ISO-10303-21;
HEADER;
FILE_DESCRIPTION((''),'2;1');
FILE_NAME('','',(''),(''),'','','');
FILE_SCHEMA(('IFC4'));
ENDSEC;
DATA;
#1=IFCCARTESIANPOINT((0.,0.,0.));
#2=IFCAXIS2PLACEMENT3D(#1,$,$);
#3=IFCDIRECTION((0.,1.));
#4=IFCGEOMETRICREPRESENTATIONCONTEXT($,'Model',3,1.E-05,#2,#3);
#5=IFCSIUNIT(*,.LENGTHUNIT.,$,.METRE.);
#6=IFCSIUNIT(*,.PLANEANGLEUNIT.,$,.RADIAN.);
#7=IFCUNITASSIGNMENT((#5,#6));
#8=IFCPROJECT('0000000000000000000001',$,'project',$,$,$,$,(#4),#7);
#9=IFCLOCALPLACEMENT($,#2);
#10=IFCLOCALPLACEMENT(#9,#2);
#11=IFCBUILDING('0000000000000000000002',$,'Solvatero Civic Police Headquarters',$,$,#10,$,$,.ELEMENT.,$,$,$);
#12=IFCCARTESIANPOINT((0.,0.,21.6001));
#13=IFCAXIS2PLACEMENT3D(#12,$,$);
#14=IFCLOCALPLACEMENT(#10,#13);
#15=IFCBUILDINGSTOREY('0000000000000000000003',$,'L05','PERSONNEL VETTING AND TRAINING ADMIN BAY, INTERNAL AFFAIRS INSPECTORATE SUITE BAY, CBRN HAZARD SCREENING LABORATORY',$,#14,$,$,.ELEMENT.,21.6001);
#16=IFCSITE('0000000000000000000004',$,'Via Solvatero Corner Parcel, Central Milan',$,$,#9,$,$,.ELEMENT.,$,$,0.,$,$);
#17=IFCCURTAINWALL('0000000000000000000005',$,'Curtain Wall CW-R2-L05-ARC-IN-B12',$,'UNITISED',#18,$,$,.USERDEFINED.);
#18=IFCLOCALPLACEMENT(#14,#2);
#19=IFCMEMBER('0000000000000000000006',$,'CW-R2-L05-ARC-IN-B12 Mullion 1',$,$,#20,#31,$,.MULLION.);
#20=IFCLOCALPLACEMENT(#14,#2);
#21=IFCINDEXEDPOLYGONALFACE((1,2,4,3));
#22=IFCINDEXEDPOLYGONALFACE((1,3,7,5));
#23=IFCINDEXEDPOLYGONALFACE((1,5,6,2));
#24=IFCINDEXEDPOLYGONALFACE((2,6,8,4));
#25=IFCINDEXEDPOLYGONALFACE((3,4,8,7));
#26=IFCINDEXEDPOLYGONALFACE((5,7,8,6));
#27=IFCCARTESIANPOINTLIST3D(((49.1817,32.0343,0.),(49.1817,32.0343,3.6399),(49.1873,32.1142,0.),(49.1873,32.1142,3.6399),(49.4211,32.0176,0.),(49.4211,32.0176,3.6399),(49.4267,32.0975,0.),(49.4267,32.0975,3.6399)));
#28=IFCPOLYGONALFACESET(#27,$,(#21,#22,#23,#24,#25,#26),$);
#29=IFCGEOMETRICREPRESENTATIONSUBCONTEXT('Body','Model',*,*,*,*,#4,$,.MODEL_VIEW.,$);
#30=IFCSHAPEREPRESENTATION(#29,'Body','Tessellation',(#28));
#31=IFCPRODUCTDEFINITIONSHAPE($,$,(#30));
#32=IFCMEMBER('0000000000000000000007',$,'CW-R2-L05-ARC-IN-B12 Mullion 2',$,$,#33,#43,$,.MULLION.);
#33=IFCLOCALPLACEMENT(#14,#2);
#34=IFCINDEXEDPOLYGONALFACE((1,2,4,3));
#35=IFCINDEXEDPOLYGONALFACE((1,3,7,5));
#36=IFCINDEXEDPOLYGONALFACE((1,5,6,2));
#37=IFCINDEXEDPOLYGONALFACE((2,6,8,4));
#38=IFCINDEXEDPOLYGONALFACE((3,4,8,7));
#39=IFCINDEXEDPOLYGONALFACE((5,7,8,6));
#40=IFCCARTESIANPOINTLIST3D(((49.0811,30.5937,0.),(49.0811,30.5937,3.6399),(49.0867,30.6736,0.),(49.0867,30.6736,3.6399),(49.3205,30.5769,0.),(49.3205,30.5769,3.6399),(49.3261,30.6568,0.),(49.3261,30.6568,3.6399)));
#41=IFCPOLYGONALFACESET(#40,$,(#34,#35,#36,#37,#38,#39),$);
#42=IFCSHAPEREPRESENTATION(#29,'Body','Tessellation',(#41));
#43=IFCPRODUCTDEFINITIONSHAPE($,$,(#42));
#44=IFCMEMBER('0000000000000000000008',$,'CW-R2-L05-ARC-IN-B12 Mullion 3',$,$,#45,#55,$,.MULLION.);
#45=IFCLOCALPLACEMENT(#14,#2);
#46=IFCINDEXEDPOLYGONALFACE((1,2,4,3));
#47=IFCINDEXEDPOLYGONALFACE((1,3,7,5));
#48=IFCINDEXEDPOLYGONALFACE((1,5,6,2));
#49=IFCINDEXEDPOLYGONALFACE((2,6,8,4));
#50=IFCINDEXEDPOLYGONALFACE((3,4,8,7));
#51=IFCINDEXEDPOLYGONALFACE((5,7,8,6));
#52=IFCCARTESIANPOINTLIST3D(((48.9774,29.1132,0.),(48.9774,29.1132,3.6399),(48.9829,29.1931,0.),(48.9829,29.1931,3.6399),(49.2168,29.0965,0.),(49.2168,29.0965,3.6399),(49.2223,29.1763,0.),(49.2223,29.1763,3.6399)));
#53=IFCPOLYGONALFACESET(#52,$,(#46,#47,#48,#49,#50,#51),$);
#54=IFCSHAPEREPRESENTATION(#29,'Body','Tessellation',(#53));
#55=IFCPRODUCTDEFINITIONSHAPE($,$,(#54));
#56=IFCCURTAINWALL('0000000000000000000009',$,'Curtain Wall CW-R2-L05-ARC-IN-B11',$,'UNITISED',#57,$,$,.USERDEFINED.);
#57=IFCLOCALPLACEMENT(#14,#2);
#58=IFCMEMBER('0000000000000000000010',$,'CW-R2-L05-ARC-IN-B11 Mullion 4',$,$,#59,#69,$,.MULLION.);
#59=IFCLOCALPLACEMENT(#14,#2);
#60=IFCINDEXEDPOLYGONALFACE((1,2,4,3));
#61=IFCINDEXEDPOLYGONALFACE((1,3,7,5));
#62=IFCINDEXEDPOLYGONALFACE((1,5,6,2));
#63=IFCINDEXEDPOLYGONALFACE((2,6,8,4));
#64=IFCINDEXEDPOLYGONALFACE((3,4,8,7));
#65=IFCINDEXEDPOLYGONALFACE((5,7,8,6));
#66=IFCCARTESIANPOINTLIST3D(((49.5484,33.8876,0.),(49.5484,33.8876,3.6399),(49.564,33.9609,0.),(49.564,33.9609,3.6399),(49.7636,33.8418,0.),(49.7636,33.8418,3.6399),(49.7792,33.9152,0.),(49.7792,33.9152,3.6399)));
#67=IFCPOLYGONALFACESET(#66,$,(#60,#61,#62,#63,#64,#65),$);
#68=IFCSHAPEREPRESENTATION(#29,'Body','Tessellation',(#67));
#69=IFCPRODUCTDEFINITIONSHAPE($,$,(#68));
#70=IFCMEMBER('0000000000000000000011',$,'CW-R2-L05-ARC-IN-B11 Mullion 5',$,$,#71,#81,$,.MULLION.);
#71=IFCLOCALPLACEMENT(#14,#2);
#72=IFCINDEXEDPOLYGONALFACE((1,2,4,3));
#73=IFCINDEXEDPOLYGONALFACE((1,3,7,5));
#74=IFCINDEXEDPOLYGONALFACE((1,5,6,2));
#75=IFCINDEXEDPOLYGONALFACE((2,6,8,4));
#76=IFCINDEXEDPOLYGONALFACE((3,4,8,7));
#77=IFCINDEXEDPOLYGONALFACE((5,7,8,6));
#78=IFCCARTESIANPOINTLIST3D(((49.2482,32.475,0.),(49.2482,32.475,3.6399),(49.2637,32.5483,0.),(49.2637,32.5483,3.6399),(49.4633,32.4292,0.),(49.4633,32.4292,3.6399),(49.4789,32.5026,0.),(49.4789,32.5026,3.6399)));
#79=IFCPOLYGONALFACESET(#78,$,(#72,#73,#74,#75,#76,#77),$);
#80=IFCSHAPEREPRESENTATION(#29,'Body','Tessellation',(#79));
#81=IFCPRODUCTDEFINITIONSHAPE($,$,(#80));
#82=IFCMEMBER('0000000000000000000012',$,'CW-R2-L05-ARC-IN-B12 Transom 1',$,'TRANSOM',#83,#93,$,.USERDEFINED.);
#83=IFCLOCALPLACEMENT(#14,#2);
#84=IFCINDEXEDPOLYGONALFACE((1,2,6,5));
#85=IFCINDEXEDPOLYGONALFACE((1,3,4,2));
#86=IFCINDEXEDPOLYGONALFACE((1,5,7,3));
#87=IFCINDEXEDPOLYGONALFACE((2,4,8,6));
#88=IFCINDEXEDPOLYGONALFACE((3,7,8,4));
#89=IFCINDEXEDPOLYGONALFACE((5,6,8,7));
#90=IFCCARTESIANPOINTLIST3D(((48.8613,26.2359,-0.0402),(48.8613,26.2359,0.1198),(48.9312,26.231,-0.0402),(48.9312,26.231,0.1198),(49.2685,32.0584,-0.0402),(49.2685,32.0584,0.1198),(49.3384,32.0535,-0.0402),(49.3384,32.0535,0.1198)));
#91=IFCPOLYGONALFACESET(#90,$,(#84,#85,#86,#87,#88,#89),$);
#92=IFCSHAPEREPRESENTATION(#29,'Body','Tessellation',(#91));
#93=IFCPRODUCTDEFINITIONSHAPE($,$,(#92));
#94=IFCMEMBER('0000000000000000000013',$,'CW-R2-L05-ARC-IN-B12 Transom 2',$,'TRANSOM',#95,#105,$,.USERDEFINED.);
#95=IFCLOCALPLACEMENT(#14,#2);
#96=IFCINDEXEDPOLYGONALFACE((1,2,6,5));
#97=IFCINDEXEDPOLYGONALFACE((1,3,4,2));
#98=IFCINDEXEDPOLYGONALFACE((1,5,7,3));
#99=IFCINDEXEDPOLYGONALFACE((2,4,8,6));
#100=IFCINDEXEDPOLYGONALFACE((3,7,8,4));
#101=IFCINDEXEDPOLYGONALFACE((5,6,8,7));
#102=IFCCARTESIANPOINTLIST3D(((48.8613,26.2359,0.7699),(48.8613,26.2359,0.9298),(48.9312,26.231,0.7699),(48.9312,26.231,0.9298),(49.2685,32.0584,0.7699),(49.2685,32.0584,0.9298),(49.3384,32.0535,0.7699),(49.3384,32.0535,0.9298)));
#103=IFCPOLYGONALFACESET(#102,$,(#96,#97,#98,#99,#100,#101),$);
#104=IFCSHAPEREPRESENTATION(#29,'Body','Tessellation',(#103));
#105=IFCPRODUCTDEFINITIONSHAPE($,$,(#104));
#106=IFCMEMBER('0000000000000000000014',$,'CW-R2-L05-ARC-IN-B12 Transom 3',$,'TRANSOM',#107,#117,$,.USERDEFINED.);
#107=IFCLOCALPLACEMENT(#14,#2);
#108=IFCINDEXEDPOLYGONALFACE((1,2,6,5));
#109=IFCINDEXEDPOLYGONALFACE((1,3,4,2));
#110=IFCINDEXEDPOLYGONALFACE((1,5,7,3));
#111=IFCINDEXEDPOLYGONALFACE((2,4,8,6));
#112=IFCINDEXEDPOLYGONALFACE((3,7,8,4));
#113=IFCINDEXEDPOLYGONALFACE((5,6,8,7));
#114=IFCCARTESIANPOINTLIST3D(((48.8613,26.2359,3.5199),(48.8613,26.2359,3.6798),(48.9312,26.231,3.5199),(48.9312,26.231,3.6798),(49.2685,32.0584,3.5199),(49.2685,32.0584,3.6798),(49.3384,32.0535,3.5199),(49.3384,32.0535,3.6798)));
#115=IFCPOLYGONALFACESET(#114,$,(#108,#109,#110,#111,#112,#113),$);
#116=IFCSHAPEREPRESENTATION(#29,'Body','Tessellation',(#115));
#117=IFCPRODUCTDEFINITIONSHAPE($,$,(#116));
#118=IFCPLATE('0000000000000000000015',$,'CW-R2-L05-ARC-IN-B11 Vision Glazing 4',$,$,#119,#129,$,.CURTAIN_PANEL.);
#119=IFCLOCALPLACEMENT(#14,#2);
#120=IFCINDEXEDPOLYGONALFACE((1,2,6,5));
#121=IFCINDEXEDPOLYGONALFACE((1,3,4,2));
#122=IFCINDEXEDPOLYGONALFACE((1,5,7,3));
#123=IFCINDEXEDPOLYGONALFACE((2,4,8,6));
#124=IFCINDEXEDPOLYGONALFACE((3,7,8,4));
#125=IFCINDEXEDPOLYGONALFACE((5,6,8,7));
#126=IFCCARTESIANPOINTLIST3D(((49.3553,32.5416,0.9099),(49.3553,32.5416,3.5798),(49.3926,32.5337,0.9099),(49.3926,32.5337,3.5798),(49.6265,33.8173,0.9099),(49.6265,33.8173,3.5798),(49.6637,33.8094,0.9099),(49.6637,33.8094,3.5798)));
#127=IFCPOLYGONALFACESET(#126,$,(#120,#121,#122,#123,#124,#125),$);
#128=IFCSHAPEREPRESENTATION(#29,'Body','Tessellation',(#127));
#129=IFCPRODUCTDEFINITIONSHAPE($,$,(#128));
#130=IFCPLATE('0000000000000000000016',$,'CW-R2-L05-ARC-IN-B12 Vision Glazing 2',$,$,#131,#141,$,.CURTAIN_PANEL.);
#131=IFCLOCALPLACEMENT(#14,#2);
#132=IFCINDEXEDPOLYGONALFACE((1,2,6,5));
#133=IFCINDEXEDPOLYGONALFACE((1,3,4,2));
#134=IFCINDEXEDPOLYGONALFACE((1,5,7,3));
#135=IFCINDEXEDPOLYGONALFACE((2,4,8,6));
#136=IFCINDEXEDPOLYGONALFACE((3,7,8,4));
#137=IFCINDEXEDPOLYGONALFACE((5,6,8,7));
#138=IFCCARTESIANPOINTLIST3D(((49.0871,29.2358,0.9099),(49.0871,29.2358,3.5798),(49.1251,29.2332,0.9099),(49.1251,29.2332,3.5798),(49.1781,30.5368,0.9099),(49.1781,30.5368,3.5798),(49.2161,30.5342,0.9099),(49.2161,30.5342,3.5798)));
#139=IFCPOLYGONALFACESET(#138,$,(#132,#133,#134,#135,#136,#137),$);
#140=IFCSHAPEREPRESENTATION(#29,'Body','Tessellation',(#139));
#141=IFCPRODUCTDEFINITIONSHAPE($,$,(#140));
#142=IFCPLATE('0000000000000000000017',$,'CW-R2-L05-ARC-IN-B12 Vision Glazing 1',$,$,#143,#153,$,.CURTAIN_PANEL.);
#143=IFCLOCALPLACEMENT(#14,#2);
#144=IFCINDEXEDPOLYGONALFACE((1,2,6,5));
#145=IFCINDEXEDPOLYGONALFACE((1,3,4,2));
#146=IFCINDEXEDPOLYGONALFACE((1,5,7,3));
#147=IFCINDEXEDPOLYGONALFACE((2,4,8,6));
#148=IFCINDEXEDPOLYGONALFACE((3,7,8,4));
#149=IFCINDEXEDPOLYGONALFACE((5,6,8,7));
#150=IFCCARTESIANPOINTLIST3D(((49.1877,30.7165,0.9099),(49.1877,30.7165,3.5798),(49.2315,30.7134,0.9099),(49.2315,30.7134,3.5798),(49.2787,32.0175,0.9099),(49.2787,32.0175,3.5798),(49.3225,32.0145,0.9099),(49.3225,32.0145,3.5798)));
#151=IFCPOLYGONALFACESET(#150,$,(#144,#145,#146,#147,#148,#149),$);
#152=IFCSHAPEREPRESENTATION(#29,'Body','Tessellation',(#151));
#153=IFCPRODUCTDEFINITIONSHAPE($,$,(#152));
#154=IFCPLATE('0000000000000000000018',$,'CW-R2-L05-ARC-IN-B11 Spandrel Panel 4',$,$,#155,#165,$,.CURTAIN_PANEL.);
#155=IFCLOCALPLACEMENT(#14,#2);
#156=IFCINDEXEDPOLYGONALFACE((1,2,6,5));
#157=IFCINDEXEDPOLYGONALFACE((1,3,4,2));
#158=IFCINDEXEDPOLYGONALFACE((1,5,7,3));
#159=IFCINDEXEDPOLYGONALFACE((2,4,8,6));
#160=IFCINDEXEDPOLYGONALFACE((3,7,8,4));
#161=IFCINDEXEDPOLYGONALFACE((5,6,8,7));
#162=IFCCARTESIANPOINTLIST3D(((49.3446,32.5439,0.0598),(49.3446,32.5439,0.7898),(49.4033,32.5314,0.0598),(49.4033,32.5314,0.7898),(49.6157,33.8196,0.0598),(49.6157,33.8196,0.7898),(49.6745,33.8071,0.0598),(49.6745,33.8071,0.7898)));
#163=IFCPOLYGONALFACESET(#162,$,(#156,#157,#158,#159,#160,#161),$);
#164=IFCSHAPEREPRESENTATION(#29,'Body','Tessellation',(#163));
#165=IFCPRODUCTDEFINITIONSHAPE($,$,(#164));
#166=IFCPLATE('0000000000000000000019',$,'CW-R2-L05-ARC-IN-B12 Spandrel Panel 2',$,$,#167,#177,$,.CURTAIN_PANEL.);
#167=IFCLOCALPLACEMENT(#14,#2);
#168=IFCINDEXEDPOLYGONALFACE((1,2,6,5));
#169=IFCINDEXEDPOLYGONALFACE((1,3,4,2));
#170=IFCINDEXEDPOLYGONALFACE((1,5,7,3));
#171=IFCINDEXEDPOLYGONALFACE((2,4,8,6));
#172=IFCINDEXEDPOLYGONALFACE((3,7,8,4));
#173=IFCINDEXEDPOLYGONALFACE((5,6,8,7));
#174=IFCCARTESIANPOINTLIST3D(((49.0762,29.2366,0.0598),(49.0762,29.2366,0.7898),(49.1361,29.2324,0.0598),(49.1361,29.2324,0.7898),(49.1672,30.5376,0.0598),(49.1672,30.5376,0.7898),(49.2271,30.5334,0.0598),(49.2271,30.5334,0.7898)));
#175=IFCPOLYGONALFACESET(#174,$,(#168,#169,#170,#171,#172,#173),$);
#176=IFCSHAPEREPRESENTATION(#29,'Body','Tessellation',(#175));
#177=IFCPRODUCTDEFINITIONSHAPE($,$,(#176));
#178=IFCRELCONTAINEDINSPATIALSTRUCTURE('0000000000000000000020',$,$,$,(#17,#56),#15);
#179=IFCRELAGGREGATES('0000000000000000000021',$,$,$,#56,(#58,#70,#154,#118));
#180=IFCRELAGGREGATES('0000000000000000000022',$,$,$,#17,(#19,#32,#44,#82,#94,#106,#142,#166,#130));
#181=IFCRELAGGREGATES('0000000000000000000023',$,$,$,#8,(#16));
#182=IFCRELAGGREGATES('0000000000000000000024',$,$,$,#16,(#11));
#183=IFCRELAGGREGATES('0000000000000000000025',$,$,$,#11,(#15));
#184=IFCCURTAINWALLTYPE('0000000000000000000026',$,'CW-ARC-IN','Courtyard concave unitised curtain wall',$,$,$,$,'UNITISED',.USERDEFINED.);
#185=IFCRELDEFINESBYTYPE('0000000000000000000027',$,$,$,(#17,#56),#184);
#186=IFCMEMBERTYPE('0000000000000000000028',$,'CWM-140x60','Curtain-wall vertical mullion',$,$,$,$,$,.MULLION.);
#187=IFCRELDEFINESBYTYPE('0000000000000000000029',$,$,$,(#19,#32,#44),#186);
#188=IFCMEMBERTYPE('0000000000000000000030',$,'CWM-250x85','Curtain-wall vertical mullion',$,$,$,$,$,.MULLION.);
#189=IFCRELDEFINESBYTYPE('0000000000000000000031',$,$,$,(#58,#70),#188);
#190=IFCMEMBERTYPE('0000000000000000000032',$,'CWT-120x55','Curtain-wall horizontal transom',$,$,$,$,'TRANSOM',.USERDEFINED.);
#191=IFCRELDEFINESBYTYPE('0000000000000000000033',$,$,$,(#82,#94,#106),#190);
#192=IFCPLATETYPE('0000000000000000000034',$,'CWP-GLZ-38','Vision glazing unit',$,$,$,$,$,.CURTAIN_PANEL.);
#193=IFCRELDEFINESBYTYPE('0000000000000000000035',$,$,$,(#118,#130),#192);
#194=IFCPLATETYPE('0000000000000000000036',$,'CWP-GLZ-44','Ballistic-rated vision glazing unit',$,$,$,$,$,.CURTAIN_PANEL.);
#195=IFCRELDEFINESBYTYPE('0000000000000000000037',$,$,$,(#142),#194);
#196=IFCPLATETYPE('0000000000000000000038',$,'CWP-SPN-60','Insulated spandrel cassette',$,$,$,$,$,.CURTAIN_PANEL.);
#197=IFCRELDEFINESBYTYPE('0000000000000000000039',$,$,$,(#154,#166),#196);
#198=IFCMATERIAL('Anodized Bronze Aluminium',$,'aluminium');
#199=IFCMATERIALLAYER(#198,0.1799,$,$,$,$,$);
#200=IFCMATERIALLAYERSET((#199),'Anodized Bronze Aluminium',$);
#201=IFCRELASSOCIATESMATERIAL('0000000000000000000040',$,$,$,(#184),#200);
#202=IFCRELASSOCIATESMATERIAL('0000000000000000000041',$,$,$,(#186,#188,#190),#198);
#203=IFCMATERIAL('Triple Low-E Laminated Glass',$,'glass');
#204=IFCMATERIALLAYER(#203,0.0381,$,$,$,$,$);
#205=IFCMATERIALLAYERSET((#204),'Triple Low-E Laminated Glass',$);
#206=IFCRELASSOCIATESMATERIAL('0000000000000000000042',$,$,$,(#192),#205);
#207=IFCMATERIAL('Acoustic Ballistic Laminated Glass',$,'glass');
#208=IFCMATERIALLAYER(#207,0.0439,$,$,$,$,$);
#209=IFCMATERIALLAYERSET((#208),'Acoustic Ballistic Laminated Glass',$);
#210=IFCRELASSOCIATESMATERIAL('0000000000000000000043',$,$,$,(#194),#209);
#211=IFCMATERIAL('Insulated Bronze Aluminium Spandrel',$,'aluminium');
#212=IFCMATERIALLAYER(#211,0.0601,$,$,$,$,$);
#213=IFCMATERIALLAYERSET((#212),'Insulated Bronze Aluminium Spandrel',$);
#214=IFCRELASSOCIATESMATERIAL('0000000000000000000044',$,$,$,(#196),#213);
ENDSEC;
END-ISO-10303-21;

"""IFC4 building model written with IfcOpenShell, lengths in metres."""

from ifc_helpers import new_model, si_unit, direction, frame, origin, origin_2d, place, context, subcontext, project, spatial, rectangle, extrude, material, layer, layer_set, material_profile, profile_set, type_object, element, aggregate, save


model = new_model("IFC4")

# Units and contexts
model_context = context("Model", 3, precision=1e-05, world=origin(), true_north=direction((0.0, 1.0)))
body_context = subcontext(model_context, "Body", "Model", "MODEL_VIEW")
ifc_project = project(units=[si_unit("LENGTHUNIT", "METRE"), si_unit("PLANEANGLEUNIT", "RADIAN")], contexts=[model_context])

# Site, building, storey
site_placement = place(None, origin())
site = spatial("IfcSite", under=ifc_project, at=site_placement, Name="Via Solvatero Corner Parcel, Central Milan", CompositionType="ELEMENT", RefElevation=0.0)
building_placement = place(site_placement, origin())
building = spatial("IfcBuilding", under=site, at=building_placement, Name="Solvatero Civic Police Headquarters", CompositionType="ELEMENT")
storey_placement = place(building_placement, frame((0.0, 0.0, 21.6001)))
storey = spatial("IfcBuildingStorey", under=building, at=storey_placement, Name="L05", Description="PERSONNEL VETTING AND TRAINING ADMIN BAY, INTERNAL AFFAIRS INSPECTORATE SUITE BAY, CBRN HAZARD SCREENING LABORATORY", CompositionType="ELEMENT", Elevation=21.6001)

# Curtain walls, members
ifc_material_1 = material(Name="Anodized Bronze Aluminium", Category="aluminium")
ifc_layer_1 = layer(ifc_material_1, 0.1799)
ifc_layer_set_1 = layer_set([ifc_layer_1], Name="Anodized Bronze Aluminium")
curtain_wall_type = type_object("IfcCurtainWallType", Name="CW-ARC-IN", Description="Courtyard concave unitised curtain wall", ElementType="UNITISED", PredefinedType="USERDEFINED", material=ifc_layer_set_1)
curtain_wall_1_placement = place(storey_placement, origin())
curtain_wall_1 = element("IfcCurtainWall", 1, at=curtain_wall_1_placement, inside=storey, type_object=curtain_wall_type, Name="Curtain Wall CW-R2-L05-ARC-IN-B12", ObjectType="UNITISED", PredefinedType="USERDEFINED")
ifc_material_profile_1 = material_profile(ifc_material_1, rectangle(XDim=0.0801, YDim=0.24, at=origin_2d()), Name="ALU MULLION 80x240")
ifc_profile_set_1 = profile_set([ifc_material_profile_1], Name="Anodized Bronze Aluminium")
member_type_1 = type_object("IfcMemberType", Name="CWM-140x60", Description="Curtain-wall vertical mullion", PredefinedType="MULLION", material=ifc_profile_set_1)
member_1_placement = place(storey_placement, frame((49.3042, 32.0659, 0.0), z_axis=(0.0, 0.0, 1.0), x_axis=(-0.069774, -0.997563, 0.0)))
member_1 = element("IfcMember", 2, at=member_1_placement, type_object=member_type_1, Name="CW-R2-L05-ARC-IN-B12 Mullion 1", PredefinedType="MULLION", context=body_context, shape_type="SweptSolid", body=[
    extrude(rectangle(XDim=0.0801, YDim=0.24, at=origin_2d()), origin(), (0.0, 0.0, 1.0), 3.6399),
])
member_2_placement = place(storey_placement, frame((49.2036, 30.6252, 0.0), z_axis=(0.0, 0.0, 1.0), x_axis=(-0.069774, -0.997563, 0.0)))
member_2 = element("IfcMember", 3, at=member_2_placement, type_object=member_type_1, Name="CW-R2-L05-ARC-IN-B12 Mullion 2", PredefinedType="MULLION", context=body_context, shape_type="SweptSolid", body=[
    extrude(rectangle(XDim=0.0801, YDim=0.24, at=origin_2d()), origin(), (0.0, 0.0, 1.0), 3.6399),
])
member_3_placement = place(storey_placement, frame((49.0999, 29.1448, 0.0), z_axis=(0.0, 0.0, 1.0), x_axis=(-0.069774, -0.997563, 0.0)))
member_3 = element("IfcMember", 4, at=member_3_placement, type_object=member_type_1, Name="CW-R2-L05-ARC-IN-B12 Mullion 3", PredefinedType="MULLION", context=body_context, shape_type="SweptSolid", body=[
    extrude(rectangle(XDim=0.0801, YDim=0.24, at=origin_2d()), origin(), (0.0, 0.0, 1.0), 3.6399),
])
curtain_wall_2_placement = place(storey_placement, origin())
curtain_wall_2 = element("IfcCurtainWall", 5, at=curtain_wall_2_placement, inside=storey, type_object=curtain_wall_type, Name="Curtain Wall CW-R2-L05-ARC-IN-B11", ObjectType="UNITISED", PredefinedType="USERDEFINED")
ifc_material_profile_2 = material_profile(ifc_material_1, rectangle(XDim=0.075, YDim=0.22, at=origin_2d()), Name="ALU MULLION 75x220")
ifc_profile_set_2 = profile_set([ifc_material_profile_2], Name="Anodized Bronze Aluminium")
member_type_2 = type_object("IfcMemberType", Name="CWM-250x85", Description="Curtain-wall vertical mullion", PredefinedType="MULLION", material=ifc_profile_set_2)
member_4_placement = place(storey_placement, frame((49.6638, 33.9014, 0.0), z_axis=(0.0, 0.0, 1.0), x_axis=(-0.207895, -0.978151, 0.0)))
member_4 = element("IfcMember", 6, at=member_4_placement, type_object=member_type_2, Name="CW-R2-L05-ARC-IN-B11 Mullion 4", PredefinedType="MULLION", context=body_context, shape_type="SweptSolid", body=[
    extrude(rectangle(XDim=0.075, YDim=0.22, at=origin_2d()), origin(), (0.0, 0.0, 1.0), 3.6399),
])
member_5_placement = place(storey_placement, frame((49.3635, 32.4888, 0.0), z_axis=(0.0, 0.0, 1.0), x_axis=(-0.207895, -0.978151, 0.0)))
member_5 = element("IfcMember", 7, at=member_5_placement, type_object=member_type_2, Name="CW-R2-L05-ARC-IN-B11 Mullion 5", PredefinedType="MULLION", context=body_context, shape_type="SweptSolid", body=[
    extrude(rectangle(XDim=0.075, YDim=0.22, at=origin_2d()), origin(), (0.0, 0.0, 1.0), 3.6399),
])

# Members
ifc_material_profile_3 = material_profile(ifc_material_1, rectangle(XDim=0.0701, YDim=0.1599, at=origin_2d()), Name="ALU TRANSOM 70x160")
ifc_profile_set_3 = profile_set([ifc_material_profile_3], Name="Anodized Bronze Aluminium")
member_type_3 = type_object("IfcMemberType", Name="CWT-120x55", Description="Curtain-wall horizontal transom", ElementType="TRANSOM", PredefinedType="USERDEFINED", material=ifc_profile_set_3)
member_6_placement = place(storey_placement, frame((49.3035, 32.0559, 0.0398), z_axis=(-0.06977, -0.997563, 0.0), x_axis=(0.997563, -0.06977, 0.0)))
member_6 = element("IfcMember", 8, at=member_6_placement, type_object=member_type_3, Name="CW-R2-L05-ARC-IN-B12 Transom 1", ObjectType="TRANSOM", PredefinedType="USERDEFINED", context=body_context, shape_type="SweptSolid", body=[
    extrude(rectangle(XDim=0.0701, YDim=0.1599, at=origin_2d()), origin(), (0.0, 0.0, 1.0), 5.8367),
])
member_7_placement = place(storey_placement, frame((49.3035, 32.0559, 0.8499), z_axis=(-0.06977, -0.997563, 0.0), x_axis=(0.997563, -0.06977, 0.0)))
member_7 = element("IfcMember", 9, at=member_7_placement, type_object=member_type_3, Name="CW-R2-L05-ARC-IN-B12 Transom 2", ObjectType="TRANSOM", PredefinedType="USERDEFINED", context=body_context, shape_type="SweptSolid", body=[
    extrude(rectangle(XDim=0.0701, YDim=0.1599, at=origin_2d()), origin(), (0.0, 0.0, 1.0), 5.8367),
])
member_8_placement = place(storey_placement, frame((49.3035, 32.0559, 3.5999), z_axis=(-0.06977, -0.997563, 0.0), x_axis=(0.997563, -0.06977, 0.0)))
member_8 = element("IfcMember", 10, at=member_8_placement, type_object=member_type_3, Name="CW-R2-L05-ARC-IN-B12 Transom 3", ObjectType="TRANSOM", PredefinedType="USERDEFINED", context=body_context, shape_type="SweptSolid", body=[
    extrude(rectangle(XDim=0.0701, YDim=0.1599, at=origin_2d()), origin(), (0.0, 0.0, 1.0), 5.8367),
])

# Plates
ifc_material_2 = material(Name="Triple Low-E Laminated Glass", Category="glass")
ifc_layer_2 = layer(ifc_material_2, 0.0381)
ifc_layer_set_2 = layer_set([ifc_layer_2], Name="Triple Low-E Laminated Glass")
plate_type_1 = type_object("IfcPlateType", Name="CWP-GLZ-38", Description="Vision glazing unit", PredefinedType="CURTAIN_PANEL", material=ifc_layer_set_2)
plate_1_placement = place(storey_placement, frame((49.5095, 33.1755, 0.9099), z_axis=(0.0, 0.0, 1.0), x_axis=(-0.207895, -0.978151, 0.0)))
plate_1 = element("IfcPlate", 11, at=plate_1_placement, type_object=plate_type_1, Name="CW-R2-L05-ARC-IN-B11 Vision Glazing 4", PredefinedType="CURTAIN_PANEL", context=body_context, shape_type="SweptSolid", body=[
    extrude(rectangle(XDim=1.3042, YDim=0.0381, at=origin_2d()), origin(), (0.0, 0.0, 1.0), 2.6699),
])
plate_2_placement = place(storey_placement, frame((49.1516, 29.885, 0.9099), z_axis=(0.0, 0.0, 1.0), x_axis=(-0.069774, -0.997563, 0.0)))
plate_2 = element("IfcPlate", 12, at=plate_2_placement, type_object=plate_type_1, Name="CW-R2-L05-ARC-IN-B12 Vision Glazing 2", PredefinedType="CURTAIN_PANEL", context=body_context, shape_type="SweptSolid", body=[
    extrude(rectangle(XDim=1.3042, YDim=0.0381, at=origin_2d()), origin(), (0.0, 0.0, 1.0), 2.6699),
])
ifc_material_3 = material(Name="Acoustic Ballistic Laminated Glass", Category="glass")
ifc_layer_3 = layer(ifc_material_3, 0.0439)
ifc_layer_set_3 = layer_set([ifc_layer_3], Name="Acoustic Ballistic Laminated Glass")
plate_type_2 = type_object("IfcPlateType", Name="CWP-GLZ-44", Description="Ballistic-rated vision glazing unit", PredefinedType="CURTAIN_PANEL", material=ifc_layer_set_3)
plate_3_placement = place(storey_placement, frame((49.2551, 31.3655, 0.9099), z_axis=(0.0, 0.0, 1.0), x_axis=(-0.069774, -0.997563, 0.0)))
plate_3 = element("IfcPlate", 13, at=plate_3_placement, type_object=plate_type_2, Name="CW-R2-L05-ARC-IN-B12 Vision Glazing 1", PredefinedType="CURTAIN_PANEL", context=body_context, shape_type="SweptSolid", body=[
    extrude(rectangle(XDim=1.3042, YDim=0.0439, at=origin_2d()), origin(), (0.0, 0.0, 1.0), 2.6699),
])
ifc_material_4 = material(Name="Insulated Bronze Aluminium Spandrel", Category="aluminium")
ifc_layer_4 = layer(ifc_material_4, 0.0601)
ifc_layer_set_4 = layer_set([ifc_layer_4], Name="Insulated Bronze Aluminium Spandrel")
plate_type_3 = type_object("IfcPlateType", Name="CWP-SPN-60", Description="Insulated spandrel cassette", PredefinedType="CURTAIN_PANEL", material=ifc_layer_set_4)
plate_4_placement = place(storey_placement, frame((49.5095, 33.1755, 0.0598), z_axis=(0.0, 0.0, 1.0), x_axis=(-0.207895, -0.978151, 0.0)))
plate_4 = element("IfcPlate", 14, at=plate_4_placement, type_object=plate_type_3, Name="CW-R2-L05-ARC-IN-B11 Spandrel Panel 4", PredefinedType="CURTAIN_PANEL", context=body_context, shape_type="SweptSolid", body=[
    extrude(rectangle(XDim=1.3042, YDim=0.0601, at=origin_2d()), origin(), (0.0, 0.0, 1.0), 0.73),
])
aggregate(curtain_wall_2, [member_4, member_5, plate_4, plate_1])
plate_5_placement = place(storey_placement, frame((49.1516, 29.885, 0.0598), z_axis=(0.0, 0.0, 1.0), x_axis=(-0.069774, -0.997563, 0.0)))
plate_5 = element("IfcPlate", 15, at=plate_5_placement, type_object=plate_type_3, Name="CW-R2-L05-ARC-IN-B12 Spandrel Panel 2", PredefinedType="CURTAIN_PANEL", context=body_context, shape_type="SweptSolid", body=[
    extrude(rectangle(XDim=1.3042, YDim=0.0601, at=origin_2d()), origin(), (0.0, 0.0, 1.0), 0.73),
])
aggregate(curtain_wall_1, [member_1, member_2, member_3, member_6, member_7, member_8, plate_3, plate_5, plate_2])

save(model, "model.ifc")
